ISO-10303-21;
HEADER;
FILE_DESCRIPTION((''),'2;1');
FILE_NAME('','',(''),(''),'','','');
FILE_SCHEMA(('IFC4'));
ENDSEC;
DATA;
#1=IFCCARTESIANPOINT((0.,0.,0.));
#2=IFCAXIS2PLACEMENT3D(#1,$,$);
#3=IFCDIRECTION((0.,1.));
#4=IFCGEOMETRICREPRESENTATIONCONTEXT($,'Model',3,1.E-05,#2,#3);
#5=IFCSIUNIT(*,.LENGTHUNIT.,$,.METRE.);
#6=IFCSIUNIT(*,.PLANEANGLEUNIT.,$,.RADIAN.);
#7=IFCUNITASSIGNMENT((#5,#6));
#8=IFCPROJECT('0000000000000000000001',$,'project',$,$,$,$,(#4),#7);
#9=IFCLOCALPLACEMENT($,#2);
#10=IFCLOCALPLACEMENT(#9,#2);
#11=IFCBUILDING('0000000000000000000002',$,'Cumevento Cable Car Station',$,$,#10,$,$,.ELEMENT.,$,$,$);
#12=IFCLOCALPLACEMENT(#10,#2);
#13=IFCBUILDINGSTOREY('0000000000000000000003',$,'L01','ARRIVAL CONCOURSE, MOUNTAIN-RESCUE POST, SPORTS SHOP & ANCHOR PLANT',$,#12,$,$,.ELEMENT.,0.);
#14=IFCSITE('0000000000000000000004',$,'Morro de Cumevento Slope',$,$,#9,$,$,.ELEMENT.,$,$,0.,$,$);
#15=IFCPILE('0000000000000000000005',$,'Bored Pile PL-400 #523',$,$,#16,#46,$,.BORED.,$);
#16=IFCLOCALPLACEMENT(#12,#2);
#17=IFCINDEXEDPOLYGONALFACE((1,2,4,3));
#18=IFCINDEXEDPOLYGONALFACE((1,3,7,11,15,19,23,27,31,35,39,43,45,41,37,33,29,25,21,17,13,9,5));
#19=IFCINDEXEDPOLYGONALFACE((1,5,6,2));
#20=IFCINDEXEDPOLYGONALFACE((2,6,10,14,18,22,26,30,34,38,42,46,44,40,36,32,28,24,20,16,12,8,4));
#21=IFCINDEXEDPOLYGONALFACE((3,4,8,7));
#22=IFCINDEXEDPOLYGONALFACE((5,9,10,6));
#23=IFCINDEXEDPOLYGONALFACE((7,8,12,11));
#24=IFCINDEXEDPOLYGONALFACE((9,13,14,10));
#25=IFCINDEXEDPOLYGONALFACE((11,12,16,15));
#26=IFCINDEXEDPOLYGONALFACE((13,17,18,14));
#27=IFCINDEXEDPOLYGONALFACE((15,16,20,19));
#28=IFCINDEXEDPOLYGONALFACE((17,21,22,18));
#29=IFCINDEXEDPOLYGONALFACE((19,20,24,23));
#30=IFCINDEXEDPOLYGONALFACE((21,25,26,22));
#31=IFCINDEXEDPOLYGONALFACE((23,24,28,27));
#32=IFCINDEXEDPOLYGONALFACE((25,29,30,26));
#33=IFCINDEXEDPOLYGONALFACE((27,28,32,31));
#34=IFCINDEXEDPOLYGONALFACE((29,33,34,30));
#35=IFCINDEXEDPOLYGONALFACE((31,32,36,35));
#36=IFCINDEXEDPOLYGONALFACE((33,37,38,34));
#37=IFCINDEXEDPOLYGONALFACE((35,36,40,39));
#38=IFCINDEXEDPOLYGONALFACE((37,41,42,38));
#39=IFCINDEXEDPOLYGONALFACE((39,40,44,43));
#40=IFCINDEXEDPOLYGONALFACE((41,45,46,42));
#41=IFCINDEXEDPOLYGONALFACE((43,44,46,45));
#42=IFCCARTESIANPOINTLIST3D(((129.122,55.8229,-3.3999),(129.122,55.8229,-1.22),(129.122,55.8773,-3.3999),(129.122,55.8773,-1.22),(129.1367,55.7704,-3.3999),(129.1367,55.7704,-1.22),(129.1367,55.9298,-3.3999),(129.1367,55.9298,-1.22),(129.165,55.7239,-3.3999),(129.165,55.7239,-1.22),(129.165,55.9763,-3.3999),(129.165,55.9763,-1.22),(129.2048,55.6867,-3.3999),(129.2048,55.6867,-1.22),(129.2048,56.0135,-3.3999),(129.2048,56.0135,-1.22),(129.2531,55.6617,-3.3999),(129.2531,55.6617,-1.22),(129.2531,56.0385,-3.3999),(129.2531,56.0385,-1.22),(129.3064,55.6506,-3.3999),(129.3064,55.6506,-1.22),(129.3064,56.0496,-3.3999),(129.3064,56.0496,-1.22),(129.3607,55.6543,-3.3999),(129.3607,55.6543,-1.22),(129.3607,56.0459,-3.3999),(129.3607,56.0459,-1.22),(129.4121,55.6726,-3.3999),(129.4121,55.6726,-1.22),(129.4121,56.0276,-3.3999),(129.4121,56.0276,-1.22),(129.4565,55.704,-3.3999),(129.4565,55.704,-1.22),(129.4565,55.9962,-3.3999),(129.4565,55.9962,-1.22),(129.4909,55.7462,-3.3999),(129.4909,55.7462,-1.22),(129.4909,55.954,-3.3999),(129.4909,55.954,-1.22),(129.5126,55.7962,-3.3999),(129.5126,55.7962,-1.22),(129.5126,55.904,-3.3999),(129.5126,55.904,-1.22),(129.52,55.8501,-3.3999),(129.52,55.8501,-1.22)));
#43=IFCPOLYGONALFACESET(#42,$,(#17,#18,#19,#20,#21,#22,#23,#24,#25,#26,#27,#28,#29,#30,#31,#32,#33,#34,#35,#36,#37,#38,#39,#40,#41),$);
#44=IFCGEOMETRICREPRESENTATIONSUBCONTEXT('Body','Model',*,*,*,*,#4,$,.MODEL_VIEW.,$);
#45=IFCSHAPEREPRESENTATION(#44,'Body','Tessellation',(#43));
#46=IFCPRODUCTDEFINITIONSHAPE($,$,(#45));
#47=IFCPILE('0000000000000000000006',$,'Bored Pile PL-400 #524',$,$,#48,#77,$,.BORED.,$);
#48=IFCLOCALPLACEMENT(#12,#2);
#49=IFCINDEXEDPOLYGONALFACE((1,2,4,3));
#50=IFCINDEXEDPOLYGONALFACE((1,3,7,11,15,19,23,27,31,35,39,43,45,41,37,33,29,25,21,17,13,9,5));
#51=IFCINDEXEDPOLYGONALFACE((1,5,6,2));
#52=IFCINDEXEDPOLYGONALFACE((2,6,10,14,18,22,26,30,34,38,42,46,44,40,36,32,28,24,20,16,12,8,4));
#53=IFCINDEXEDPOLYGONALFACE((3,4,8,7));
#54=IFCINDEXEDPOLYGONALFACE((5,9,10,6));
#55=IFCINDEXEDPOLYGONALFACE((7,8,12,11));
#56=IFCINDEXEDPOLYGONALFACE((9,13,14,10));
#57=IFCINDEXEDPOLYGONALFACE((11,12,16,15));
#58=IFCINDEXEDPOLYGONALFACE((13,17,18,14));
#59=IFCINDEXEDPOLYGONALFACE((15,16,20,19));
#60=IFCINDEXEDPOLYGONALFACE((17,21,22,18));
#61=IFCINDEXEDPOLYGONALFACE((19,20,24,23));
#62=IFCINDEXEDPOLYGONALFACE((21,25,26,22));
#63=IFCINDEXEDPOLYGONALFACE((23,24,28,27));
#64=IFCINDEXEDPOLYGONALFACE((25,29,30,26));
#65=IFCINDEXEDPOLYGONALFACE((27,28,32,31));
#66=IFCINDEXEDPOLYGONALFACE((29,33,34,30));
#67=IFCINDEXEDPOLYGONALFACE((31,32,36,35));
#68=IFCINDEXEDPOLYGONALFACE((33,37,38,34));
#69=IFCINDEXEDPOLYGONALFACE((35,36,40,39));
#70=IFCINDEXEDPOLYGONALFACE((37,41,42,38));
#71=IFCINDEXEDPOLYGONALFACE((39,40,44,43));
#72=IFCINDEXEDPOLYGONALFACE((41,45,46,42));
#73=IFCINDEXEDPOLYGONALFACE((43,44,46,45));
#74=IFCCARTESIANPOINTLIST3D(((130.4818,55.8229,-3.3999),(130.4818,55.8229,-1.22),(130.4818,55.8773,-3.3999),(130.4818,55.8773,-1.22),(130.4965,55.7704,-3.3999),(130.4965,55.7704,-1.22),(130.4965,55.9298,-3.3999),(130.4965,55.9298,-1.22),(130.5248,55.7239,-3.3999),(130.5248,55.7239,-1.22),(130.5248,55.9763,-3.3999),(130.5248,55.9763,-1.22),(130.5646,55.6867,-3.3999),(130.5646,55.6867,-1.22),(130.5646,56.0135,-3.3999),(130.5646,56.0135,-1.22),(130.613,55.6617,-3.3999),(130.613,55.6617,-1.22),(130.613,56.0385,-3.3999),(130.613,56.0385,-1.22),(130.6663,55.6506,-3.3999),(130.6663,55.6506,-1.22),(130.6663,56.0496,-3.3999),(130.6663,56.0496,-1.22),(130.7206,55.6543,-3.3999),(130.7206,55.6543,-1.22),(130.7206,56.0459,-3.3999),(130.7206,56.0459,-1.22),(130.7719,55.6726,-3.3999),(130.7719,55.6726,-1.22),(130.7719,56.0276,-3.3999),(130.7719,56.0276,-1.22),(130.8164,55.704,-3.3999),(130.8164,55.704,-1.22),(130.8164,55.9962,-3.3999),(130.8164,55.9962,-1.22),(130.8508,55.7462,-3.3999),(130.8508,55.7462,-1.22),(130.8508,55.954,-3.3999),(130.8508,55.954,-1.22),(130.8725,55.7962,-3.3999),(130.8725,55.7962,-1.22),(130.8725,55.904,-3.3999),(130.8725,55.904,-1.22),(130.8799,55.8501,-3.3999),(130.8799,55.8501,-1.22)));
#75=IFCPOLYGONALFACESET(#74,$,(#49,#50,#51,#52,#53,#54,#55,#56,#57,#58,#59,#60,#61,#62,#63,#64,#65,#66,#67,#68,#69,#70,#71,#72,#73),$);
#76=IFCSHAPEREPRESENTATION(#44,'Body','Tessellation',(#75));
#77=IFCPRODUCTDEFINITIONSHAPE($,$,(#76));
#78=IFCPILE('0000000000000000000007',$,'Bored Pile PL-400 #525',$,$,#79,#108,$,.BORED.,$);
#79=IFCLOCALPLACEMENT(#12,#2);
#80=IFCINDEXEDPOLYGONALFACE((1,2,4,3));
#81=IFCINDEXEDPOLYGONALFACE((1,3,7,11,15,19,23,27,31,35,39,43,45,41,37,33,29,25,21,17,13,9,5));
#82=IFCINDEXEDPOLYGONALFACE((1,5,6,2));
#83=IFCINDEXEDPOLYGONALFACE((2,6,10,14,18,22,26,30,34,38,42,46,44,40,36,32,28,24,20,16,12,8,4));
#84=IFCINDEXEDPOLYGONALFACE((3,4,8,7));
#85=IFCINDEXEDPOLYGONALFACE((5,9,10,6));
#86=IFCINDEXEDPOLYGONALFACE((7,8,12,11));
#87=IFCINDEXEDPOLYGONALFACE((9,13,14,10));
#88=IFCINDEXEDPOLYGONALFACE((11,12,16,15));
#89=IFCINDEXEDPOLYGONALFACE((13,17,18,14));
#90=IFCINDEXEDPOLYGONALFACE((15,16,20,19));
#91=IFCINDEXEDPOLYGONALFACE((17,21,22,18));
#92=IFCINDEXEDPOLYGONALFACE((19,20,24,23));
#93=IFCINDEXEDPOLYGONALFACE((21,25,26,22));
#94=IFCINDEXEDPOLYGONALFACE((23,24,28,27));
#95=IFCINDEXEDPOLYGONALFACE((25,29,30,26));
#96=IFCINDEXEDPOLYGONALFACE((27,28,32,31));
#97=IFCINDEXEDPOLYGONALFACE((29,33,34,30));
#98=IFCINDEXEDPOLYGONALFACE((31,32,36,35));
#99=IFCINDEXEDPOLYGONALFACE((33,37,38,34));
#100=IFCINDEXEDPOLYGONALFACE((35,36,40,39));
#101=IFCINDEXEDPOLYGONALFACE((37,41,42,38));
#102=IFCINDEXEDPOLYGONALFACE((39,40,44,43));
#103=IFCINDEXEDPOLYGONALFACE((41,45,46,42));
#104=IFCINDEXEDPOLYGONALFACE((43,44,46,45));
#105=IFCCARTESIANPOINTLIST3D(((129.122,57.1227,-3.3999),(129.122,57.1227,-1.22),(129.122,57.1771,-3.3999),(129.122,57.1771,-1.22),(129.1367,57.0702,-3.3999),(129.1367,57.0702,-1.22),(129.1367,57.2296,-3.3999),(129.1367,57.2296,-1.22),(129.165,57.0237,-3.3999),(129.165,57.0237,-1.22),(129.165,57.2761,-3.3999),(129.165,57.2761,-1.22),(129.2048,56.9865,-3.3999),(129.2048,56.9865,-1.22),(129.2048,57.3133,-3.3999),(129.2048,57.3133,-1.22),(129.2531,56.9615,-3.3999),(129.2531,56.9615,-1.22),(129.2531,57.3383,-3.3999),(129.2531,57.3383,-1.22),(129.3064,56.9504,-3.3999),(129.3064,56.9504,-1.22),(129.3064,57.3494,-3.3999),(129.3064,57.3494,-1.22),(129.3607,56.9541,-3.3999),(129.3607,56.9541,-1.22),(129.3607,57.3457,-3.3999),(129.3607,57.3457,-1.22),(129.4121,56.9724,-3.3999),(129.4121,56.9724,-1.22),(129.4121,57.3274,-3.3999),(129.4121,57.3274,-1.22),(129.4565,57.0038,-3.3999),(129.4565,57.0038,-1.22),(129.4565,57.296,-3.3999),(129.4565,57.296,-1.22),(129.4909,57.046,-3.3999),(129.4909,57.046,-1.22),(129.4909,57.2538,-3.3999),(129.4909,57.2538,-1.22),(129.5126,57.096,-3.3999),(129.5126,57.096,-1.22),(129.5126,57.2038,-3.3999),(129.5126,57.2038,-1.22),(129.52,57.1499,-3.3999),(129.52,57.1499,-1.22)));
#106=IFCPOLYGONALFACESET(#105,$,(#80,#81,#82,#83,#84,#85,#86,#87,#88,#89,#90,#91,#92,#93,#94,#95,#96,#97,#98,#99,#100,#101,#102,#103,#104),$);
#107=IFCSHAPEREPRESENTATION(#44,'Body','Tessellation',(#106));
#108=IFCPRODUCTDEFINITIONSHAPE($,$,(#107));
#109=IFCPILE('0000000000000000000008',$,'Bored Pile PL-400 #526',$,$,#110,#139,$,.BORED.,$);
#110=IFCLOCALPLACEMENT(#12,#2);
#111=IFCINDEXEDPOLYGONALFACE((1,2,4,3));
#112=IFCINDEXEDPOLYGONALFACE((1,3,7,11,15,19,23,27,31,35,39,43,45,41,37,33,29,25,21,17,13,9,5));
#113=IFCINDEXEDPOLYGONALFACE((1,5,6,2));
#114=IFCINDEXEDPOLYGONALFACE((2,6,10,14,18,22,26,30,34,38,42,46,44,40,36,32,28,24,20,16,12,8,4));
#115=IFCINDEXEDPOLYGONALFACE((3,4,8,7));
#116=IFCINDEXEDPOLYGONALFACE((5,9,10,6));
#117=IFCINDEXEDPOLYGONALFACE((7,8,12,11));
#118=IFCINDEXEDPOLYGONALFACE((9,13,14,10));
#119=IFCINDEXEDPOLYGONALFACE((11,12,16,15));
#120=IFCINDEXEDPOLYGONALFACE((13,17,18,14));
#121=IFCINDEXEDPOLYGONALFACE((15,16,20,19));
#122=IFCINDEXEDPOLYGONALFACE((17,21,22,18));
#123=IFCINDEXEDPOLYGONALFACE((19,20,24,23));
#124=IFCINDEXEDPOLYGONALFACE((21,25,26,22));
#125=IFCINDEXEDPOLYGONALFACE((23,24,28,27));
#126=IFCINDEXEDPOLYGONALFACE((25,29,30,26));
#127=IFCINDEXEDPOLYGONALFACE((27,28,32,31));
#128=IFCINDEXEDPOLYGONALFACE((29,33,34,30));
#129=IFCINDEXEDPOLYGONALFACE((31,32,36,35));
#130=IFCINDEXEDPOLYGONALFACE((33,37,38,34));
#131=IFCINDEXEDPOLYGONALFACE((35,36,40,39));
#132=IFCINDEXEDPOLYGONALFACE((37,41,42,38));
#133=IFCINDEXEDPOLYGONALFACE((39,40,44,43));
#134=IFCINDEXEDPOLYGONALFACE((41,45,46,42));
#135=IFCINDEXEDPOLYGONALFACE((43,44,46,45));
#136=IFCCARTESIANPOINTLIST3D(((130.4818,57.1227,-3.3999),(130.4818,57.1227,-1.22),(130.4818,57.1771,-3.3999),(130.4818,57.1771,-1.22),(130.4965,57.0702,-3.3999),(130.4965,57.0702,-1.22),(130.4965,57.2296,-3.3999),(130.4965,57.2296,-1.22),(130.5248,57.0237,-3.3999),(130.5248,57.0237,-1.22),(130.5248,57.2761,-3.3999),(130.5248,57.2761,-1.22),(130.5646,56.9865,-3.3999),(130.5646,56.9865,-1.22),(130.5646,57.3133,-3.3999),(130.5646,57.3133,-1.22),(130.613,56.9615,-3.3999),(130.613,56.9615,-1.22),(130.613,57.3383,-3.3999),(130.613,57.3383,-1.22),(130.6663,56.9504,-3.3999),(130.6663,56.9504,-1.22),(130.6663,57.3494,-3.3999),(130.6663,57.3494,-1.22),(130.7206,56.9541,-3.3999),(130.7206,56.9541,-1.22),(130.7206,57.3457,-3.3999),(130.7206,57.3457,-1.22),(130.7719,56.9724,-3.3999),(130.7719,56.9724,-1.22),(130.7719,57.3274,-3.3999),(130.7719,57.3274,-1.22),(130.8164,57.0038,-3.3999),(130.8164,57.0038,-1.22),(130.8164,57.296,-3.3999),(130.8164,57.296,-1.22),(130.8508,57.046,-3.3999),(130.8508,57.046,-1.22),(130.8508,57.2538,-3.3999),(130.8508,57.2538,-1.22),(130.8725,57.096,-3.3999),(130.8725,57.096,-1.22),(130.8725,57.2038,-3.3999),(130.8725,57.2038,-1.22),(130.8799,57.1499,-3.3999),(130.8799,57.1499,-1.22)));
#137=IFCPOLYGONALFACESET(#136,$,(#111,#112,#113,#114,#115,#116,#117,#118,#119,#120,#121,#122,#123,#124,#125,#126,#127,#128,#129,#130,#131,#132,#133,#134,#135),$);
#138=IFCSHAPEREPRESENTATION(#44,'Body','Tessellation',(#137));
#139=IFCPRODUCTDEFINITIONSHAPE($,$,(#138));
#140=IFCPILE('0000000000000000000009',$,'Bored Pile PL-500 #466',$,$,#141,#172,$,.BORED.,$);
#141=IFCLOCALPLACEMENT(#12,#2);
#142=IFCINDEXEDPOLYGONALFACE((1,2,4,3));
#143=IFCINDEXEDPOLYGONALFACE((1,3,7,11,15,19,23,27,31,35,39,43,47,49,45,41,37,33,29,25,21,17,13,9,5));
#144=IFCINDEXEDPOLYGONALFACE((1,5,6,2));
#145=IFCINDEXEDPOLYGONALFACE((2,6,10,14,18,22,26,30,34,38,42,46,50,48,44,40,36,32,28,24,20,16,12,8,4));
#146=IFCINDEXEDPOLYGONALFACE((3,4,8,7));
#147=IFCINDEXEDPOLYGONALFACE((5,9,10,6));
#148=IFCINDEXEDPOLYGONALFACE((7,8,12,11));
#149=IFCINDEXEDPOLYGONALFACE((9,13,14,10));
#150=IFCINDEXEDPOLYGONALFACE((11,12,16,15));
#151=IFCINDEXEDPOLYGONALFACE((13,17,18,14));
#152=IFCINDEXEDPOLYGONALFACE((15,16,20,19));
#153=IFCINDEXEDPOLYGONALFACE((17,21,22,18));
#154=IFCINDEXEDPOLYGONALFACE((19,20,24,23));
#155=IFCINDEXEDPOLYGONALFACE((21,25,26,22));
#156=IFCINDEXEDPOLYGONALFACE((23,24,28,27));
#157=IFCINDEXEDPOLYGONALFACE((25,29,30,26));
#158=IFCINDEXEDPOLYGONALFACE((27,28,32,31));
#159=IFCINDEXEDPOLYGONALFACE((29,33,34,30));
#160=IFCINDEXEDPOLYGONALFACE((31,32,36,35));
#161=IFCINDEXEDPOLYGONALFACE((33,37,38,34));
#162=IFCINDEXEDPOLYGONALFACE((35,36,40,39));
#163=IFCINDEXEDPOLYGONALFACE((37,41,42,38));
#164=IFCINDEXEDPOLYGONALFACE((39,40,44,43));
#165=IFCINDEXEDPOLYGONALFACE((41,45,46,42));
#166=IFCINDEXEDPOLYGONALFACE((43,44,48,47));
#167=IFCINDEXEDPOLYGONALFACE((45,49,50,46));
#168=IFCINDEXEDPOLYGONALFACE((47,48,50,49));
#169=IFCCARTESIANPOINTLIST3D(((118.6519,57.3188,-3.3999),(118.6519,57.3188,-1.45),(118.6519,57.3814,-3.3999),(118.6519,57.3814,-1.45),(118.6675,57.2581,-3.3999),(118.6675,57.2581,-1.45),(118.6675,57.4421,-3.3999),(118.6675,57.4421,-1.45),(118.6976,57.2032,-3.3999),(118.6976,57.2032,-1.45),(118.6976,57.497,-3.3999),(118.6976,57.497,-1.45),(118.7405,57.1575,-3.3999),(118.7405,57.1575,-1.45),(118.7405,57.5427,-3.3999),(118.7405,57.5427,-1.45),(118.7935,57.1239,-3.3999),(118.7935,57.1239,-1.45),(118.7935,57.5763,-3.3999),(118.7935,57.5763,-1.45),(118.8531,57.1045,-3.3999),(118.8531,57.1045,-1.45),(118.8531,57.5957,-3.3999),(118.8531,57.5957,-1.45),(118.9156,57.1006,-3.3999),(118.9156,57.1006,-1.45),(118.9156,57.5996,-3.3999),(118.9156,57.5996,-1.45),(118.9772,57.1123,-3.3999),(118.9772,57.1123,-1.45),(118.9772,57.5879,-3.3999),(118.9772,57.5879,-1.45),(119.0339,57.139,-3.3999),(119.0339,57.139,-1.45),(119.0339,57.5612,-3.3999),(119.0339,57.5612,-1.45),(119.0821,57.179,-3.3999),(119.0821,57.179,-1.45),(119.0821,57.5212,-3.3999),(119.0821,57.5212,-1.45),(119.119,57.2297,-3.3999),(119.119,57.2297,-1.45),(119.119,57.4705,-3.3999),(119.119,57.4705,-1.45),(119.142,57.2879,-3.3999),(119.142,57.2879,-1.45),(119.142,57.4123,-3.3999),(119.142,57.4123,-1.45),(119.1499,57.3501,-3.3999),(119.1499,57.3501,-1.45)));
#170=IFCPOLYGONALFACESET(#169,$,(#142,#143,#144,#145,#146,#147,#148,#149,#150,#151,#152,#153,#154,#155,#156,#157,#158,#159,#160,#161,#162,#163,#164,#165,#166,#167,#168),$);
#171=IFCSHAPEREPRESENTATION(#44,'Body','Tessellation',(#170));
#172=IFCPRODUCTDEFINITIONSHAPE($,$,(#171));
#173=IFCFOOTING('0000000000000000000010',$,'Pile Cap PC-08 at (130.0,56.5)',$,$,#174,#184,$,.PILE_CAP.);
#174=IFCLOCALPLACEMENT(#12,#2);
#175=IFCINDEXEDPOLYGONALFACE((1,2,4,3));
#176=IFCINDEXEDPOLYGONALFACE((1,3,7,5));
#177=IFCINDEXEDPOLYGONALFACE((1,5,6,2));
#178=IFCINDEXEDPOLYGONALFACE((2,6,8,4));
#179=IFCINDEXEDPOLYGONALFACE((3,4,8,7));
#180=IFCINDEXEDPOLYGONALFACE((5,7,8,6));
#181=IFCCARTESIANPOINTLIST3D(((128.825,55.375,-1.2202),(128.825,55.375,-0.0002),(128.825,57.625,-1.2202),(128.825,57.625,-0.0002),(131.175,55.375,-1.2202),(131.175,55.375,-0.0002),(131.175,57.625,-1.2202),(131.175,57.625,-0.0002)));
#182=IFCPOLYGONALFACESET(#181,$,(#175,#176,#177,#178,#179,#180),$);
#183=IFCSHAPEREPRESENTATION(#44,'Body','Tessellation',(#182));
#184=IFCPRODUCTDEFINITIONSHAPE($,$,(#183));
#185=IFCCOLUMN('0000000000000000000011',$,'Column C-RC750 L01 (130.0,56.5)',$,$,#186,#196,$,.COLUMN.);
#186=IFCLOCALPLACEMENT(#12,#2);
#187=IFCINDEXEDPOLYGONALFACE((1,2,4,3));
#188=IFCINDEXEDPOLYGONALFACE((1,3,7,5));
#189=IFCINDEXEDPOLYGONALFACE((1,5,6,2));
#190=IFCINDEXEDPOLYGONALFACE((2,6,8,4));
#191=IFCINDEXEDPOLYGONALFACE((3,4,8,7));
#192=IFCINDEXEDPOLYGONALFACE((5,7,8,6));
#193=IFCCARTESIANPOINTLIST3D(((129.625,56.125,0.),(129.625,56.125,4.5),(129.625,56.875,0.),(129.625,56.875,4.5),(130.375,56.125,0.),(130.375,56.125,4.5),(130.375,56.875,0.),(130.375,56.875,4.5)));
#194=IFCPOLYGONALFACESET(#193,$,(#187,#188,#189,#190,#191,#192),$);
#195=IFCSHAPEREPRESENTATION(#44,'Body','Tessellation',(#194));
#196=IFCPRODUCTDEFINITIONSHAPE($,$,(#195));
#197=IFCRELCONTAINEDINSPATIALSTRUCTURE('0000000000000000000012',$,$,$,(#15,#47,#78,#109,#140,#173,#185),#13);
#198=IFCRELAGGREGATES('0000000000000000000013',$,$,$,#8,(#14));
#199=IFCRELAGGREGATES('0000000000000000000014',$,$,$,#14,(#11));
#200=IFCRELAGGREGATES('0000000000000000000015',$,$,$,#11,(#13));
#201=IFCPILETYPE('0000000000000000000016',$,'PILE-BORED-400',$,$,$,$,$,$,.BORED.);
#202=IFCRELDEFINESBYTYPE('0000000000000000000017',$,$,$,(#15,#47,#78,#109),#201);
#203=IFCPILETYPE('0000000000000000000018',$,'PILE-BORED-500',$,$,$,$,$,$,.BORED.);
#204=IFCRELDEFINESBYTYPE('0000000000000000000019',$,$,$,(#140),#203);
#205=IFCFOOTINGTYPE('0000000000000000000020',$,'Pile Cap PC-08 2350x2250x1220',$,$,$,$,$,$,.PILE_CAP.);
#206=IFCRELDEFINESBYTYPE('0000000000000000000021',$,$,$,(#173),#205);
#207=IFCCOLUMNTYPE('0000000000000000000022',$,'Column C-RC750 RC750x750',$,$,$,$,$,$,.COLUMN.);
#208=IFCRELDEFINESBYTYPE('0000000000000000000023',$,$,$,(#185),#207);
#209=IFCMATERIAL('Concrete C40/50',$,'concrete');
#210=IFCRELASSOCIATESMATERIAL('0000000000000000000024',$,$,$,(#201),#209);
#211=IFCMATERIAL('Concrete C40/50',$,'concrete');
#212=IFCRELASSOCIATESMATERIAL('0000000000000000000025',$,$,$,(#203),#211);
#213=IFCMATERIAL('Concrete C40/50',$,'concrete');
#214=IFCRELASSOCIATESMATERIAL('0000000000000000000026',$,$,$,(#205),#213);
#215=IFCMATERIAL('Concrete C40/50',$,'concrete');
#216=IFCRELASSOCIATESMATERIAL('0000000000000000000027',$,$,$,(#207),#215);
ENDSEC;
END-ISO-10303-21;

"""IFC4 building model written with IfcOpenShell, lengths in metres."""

from ifc_helpers import new_model, si_unit, direction, frame, origin, origin_2d, place, context, subcontext, project, spatial, rectangle, circle, extrude, material, material_profile, profile_set, type_object, element, save


model = new_model("IFC4")

# Units and contexts
model_context = context("Model", 3, precision=1e-05, world=origin(), true_north=direction((0.0, 1.0)))
body_context = subcontext(model_context, "Body", "Model", "MODEL_VIEW")
ifc_project = project(units=[si_unit("LENGTHUNIT", "METRE"), si_unit("PLANEANGLEUNIT", "RADIAN")], contexts=[model_context])

# Site, building, storey
site_placement = place(None, origin())
site = spatial("IfcSite", under=ifc_project, at=site_placement, Name="Morro de Cumevento Slope", CompositionType="ELEMENT", RefElevation=0.0)
building_placement = place(site_placement, origin())
building = spatial("IfcBuilding", under=site, at=building_placement, Name="Cumevento Cable Car Station", CompositionType="ELEMENT")
storey_placement = place(building_placement, origin())
storey = spatial("IfcBuildingStorey", under=building, at=storey_placement, Name="L01", Description="ARRIVAL CONCOURSE, MOUNTAIN-RESCUE POST, SPORTS SHOP & ANCHOR PLANT", CompositionType="ELEMENT", Elevation=0.0)

# Piles
ifc_material_1 = material(Name="Concrete C40/50", Category="concrete")
ifc_material_profile_1 = material_profile(ifc_material_1, circle(Radius=0.2, at=origin_2d()), Name="PILE-D400")
ifc_profile_set_1 = profile_set([ifc_material_profile_1], Name="Concrete C40/50")
pile_type_1 = type_object("IfcPileType", Name="PILE-BORED-400", PredefinedType="BORED", material=ifc_profile_set_1)
for number, where, z_axis, x_axis, name in (
    (1, (129.3201, 55.8501, -1.22), (0.0, 0.0, -1.0), (1.0, 0.0, 0.0), "Bored Pile PL-400 #523"),
    (2, (130.6799, 55.8501, -1.22), (0.0, 0.0, -1.0), (1.0, 0.0, 0.0), "Bored Pile PL-400 #524"),
    (3, (129.3201, 57.1499, -1.22), (0.0, 0.0, -1.0), (1.0, 0.0, 0.0), "Bored Pile PL-400 #525"),
    (4, (130.6799, 57.1499, -1.22), (0.0, 0.0, -1.0), (1.0, 0.0, 0.0), "Bored Pile PL-400 #526"),
):
    element("IfcPile", number, at=place(storey_placement, frame(where, z_axis=z_axis, x_axis=x_axis)), inside=storey, type_object=pile_type_1, Name=name, PredefinedType="BORED", context=body_context, shape_type="SweptSolid", body=[
        extrude(circle(Radius=0.2, at=origin_2d()), origin(), (0.0, 0.0, 1.0), 2.1799),
    ])
ifc_material_2 = material(Name="Concrete C40/50", Category="concrete")
ifc_material_profile_2 = material_profile(ifc_material_2, circle(Radius=0.25, at=origin_2d()), Name="PILE-D500")
ifc_profile_set_2 = profile_set([ifc_material_profile_2], Name="Concrete C40/50")
pile_type_2 = type_object("IfcPileType", Name="PILE-BORED-500", PredefinedType="BORED", material=ifc_profile_set_2)
pile_placement = place(storey_placement, frame((118.8999, 57.3501, -1.45), z_axis=(0.0, 0.0, -1.0), x_axis=(1.0, 0.0, 0.0)))
element("IfcPile", 5, at=pile_placement, inside=storey, type_object=pile_type_2, Name="Bored Pile PL-500 #466", PredefinedType="BORED", context=body_context, shape_type="SweptSolid", body=[
    extrude(circle(Radius=0.25, at=origin_2d()), origin(), (0.0, 0.0, 1.0), 1.95),
])

# Footing
ifc_material_3 = material(Name="Concrete C40/50", Category="concrete")
footing_type = type_object("IfcFootingType", Name="Pile Cap PC-08 2350x2250x1220", PredefinedType="PILE_CAP", material=ifc_material_3)
footing_placement = place(storey_placement, frame((130.0, 56.5, -1.2202), z_axis=(0.0, 0.0, 1.0), x_axis=(1.0, 0.0, 0.0)))
element("IfcFooting", 6, at=footing_placement, inside=storey, type_object=footing_type, Name="Pile Cap PC-08 at (130.0,56.5)", PredefinedType="PILE_CAP", context=body_context, shape_type="SweptSolid", body=[
    extrude(rectangle(XDim=2.3501, YDim=2.25, at=origin_2d()), origin(), (0.0, 0.0, 1.0), 1.22),
])

# Column
ifc_material_4 = material(Name="Concrete C40/50", Category="concrete")
ifc_material_profile_3 = material_profile(ifc_material_4, rectangle(XDim=0.75, YDim=0.75, at=origin_2d()), Name="RC750x750")
ifc_profile_set_3 = profile_set([ifc_material_profile_3], Name="Concrete C40/50")
column_type = type_object("IfcColumnType", Name="Column C-RC750 RC750x750", PredefinedType="COLUMN", material=ifc_profile_set_3)
column_placement = place(storey_placement, frame((130.0, 56.5, 0.0), z_axis=(0.0, 0.0, 1.0), x_axis=(1.0, 0.0, 0.0)))
element("IfcColumn", 7, at=column_placement, inside=storey, type_object=column_type, Name="Column C-RC750 L01 (130.0,56.5)", PredefinedType="COLUMN", context=body_context, shape_type="SweptSolid", body=[
    extrude(rectangle(XDim=0.75, YDim=0.75, at=origin_2d()), origin(), (0.0, 0.0, 1.0), 4.5),
])

save(model, "model.ifc")
